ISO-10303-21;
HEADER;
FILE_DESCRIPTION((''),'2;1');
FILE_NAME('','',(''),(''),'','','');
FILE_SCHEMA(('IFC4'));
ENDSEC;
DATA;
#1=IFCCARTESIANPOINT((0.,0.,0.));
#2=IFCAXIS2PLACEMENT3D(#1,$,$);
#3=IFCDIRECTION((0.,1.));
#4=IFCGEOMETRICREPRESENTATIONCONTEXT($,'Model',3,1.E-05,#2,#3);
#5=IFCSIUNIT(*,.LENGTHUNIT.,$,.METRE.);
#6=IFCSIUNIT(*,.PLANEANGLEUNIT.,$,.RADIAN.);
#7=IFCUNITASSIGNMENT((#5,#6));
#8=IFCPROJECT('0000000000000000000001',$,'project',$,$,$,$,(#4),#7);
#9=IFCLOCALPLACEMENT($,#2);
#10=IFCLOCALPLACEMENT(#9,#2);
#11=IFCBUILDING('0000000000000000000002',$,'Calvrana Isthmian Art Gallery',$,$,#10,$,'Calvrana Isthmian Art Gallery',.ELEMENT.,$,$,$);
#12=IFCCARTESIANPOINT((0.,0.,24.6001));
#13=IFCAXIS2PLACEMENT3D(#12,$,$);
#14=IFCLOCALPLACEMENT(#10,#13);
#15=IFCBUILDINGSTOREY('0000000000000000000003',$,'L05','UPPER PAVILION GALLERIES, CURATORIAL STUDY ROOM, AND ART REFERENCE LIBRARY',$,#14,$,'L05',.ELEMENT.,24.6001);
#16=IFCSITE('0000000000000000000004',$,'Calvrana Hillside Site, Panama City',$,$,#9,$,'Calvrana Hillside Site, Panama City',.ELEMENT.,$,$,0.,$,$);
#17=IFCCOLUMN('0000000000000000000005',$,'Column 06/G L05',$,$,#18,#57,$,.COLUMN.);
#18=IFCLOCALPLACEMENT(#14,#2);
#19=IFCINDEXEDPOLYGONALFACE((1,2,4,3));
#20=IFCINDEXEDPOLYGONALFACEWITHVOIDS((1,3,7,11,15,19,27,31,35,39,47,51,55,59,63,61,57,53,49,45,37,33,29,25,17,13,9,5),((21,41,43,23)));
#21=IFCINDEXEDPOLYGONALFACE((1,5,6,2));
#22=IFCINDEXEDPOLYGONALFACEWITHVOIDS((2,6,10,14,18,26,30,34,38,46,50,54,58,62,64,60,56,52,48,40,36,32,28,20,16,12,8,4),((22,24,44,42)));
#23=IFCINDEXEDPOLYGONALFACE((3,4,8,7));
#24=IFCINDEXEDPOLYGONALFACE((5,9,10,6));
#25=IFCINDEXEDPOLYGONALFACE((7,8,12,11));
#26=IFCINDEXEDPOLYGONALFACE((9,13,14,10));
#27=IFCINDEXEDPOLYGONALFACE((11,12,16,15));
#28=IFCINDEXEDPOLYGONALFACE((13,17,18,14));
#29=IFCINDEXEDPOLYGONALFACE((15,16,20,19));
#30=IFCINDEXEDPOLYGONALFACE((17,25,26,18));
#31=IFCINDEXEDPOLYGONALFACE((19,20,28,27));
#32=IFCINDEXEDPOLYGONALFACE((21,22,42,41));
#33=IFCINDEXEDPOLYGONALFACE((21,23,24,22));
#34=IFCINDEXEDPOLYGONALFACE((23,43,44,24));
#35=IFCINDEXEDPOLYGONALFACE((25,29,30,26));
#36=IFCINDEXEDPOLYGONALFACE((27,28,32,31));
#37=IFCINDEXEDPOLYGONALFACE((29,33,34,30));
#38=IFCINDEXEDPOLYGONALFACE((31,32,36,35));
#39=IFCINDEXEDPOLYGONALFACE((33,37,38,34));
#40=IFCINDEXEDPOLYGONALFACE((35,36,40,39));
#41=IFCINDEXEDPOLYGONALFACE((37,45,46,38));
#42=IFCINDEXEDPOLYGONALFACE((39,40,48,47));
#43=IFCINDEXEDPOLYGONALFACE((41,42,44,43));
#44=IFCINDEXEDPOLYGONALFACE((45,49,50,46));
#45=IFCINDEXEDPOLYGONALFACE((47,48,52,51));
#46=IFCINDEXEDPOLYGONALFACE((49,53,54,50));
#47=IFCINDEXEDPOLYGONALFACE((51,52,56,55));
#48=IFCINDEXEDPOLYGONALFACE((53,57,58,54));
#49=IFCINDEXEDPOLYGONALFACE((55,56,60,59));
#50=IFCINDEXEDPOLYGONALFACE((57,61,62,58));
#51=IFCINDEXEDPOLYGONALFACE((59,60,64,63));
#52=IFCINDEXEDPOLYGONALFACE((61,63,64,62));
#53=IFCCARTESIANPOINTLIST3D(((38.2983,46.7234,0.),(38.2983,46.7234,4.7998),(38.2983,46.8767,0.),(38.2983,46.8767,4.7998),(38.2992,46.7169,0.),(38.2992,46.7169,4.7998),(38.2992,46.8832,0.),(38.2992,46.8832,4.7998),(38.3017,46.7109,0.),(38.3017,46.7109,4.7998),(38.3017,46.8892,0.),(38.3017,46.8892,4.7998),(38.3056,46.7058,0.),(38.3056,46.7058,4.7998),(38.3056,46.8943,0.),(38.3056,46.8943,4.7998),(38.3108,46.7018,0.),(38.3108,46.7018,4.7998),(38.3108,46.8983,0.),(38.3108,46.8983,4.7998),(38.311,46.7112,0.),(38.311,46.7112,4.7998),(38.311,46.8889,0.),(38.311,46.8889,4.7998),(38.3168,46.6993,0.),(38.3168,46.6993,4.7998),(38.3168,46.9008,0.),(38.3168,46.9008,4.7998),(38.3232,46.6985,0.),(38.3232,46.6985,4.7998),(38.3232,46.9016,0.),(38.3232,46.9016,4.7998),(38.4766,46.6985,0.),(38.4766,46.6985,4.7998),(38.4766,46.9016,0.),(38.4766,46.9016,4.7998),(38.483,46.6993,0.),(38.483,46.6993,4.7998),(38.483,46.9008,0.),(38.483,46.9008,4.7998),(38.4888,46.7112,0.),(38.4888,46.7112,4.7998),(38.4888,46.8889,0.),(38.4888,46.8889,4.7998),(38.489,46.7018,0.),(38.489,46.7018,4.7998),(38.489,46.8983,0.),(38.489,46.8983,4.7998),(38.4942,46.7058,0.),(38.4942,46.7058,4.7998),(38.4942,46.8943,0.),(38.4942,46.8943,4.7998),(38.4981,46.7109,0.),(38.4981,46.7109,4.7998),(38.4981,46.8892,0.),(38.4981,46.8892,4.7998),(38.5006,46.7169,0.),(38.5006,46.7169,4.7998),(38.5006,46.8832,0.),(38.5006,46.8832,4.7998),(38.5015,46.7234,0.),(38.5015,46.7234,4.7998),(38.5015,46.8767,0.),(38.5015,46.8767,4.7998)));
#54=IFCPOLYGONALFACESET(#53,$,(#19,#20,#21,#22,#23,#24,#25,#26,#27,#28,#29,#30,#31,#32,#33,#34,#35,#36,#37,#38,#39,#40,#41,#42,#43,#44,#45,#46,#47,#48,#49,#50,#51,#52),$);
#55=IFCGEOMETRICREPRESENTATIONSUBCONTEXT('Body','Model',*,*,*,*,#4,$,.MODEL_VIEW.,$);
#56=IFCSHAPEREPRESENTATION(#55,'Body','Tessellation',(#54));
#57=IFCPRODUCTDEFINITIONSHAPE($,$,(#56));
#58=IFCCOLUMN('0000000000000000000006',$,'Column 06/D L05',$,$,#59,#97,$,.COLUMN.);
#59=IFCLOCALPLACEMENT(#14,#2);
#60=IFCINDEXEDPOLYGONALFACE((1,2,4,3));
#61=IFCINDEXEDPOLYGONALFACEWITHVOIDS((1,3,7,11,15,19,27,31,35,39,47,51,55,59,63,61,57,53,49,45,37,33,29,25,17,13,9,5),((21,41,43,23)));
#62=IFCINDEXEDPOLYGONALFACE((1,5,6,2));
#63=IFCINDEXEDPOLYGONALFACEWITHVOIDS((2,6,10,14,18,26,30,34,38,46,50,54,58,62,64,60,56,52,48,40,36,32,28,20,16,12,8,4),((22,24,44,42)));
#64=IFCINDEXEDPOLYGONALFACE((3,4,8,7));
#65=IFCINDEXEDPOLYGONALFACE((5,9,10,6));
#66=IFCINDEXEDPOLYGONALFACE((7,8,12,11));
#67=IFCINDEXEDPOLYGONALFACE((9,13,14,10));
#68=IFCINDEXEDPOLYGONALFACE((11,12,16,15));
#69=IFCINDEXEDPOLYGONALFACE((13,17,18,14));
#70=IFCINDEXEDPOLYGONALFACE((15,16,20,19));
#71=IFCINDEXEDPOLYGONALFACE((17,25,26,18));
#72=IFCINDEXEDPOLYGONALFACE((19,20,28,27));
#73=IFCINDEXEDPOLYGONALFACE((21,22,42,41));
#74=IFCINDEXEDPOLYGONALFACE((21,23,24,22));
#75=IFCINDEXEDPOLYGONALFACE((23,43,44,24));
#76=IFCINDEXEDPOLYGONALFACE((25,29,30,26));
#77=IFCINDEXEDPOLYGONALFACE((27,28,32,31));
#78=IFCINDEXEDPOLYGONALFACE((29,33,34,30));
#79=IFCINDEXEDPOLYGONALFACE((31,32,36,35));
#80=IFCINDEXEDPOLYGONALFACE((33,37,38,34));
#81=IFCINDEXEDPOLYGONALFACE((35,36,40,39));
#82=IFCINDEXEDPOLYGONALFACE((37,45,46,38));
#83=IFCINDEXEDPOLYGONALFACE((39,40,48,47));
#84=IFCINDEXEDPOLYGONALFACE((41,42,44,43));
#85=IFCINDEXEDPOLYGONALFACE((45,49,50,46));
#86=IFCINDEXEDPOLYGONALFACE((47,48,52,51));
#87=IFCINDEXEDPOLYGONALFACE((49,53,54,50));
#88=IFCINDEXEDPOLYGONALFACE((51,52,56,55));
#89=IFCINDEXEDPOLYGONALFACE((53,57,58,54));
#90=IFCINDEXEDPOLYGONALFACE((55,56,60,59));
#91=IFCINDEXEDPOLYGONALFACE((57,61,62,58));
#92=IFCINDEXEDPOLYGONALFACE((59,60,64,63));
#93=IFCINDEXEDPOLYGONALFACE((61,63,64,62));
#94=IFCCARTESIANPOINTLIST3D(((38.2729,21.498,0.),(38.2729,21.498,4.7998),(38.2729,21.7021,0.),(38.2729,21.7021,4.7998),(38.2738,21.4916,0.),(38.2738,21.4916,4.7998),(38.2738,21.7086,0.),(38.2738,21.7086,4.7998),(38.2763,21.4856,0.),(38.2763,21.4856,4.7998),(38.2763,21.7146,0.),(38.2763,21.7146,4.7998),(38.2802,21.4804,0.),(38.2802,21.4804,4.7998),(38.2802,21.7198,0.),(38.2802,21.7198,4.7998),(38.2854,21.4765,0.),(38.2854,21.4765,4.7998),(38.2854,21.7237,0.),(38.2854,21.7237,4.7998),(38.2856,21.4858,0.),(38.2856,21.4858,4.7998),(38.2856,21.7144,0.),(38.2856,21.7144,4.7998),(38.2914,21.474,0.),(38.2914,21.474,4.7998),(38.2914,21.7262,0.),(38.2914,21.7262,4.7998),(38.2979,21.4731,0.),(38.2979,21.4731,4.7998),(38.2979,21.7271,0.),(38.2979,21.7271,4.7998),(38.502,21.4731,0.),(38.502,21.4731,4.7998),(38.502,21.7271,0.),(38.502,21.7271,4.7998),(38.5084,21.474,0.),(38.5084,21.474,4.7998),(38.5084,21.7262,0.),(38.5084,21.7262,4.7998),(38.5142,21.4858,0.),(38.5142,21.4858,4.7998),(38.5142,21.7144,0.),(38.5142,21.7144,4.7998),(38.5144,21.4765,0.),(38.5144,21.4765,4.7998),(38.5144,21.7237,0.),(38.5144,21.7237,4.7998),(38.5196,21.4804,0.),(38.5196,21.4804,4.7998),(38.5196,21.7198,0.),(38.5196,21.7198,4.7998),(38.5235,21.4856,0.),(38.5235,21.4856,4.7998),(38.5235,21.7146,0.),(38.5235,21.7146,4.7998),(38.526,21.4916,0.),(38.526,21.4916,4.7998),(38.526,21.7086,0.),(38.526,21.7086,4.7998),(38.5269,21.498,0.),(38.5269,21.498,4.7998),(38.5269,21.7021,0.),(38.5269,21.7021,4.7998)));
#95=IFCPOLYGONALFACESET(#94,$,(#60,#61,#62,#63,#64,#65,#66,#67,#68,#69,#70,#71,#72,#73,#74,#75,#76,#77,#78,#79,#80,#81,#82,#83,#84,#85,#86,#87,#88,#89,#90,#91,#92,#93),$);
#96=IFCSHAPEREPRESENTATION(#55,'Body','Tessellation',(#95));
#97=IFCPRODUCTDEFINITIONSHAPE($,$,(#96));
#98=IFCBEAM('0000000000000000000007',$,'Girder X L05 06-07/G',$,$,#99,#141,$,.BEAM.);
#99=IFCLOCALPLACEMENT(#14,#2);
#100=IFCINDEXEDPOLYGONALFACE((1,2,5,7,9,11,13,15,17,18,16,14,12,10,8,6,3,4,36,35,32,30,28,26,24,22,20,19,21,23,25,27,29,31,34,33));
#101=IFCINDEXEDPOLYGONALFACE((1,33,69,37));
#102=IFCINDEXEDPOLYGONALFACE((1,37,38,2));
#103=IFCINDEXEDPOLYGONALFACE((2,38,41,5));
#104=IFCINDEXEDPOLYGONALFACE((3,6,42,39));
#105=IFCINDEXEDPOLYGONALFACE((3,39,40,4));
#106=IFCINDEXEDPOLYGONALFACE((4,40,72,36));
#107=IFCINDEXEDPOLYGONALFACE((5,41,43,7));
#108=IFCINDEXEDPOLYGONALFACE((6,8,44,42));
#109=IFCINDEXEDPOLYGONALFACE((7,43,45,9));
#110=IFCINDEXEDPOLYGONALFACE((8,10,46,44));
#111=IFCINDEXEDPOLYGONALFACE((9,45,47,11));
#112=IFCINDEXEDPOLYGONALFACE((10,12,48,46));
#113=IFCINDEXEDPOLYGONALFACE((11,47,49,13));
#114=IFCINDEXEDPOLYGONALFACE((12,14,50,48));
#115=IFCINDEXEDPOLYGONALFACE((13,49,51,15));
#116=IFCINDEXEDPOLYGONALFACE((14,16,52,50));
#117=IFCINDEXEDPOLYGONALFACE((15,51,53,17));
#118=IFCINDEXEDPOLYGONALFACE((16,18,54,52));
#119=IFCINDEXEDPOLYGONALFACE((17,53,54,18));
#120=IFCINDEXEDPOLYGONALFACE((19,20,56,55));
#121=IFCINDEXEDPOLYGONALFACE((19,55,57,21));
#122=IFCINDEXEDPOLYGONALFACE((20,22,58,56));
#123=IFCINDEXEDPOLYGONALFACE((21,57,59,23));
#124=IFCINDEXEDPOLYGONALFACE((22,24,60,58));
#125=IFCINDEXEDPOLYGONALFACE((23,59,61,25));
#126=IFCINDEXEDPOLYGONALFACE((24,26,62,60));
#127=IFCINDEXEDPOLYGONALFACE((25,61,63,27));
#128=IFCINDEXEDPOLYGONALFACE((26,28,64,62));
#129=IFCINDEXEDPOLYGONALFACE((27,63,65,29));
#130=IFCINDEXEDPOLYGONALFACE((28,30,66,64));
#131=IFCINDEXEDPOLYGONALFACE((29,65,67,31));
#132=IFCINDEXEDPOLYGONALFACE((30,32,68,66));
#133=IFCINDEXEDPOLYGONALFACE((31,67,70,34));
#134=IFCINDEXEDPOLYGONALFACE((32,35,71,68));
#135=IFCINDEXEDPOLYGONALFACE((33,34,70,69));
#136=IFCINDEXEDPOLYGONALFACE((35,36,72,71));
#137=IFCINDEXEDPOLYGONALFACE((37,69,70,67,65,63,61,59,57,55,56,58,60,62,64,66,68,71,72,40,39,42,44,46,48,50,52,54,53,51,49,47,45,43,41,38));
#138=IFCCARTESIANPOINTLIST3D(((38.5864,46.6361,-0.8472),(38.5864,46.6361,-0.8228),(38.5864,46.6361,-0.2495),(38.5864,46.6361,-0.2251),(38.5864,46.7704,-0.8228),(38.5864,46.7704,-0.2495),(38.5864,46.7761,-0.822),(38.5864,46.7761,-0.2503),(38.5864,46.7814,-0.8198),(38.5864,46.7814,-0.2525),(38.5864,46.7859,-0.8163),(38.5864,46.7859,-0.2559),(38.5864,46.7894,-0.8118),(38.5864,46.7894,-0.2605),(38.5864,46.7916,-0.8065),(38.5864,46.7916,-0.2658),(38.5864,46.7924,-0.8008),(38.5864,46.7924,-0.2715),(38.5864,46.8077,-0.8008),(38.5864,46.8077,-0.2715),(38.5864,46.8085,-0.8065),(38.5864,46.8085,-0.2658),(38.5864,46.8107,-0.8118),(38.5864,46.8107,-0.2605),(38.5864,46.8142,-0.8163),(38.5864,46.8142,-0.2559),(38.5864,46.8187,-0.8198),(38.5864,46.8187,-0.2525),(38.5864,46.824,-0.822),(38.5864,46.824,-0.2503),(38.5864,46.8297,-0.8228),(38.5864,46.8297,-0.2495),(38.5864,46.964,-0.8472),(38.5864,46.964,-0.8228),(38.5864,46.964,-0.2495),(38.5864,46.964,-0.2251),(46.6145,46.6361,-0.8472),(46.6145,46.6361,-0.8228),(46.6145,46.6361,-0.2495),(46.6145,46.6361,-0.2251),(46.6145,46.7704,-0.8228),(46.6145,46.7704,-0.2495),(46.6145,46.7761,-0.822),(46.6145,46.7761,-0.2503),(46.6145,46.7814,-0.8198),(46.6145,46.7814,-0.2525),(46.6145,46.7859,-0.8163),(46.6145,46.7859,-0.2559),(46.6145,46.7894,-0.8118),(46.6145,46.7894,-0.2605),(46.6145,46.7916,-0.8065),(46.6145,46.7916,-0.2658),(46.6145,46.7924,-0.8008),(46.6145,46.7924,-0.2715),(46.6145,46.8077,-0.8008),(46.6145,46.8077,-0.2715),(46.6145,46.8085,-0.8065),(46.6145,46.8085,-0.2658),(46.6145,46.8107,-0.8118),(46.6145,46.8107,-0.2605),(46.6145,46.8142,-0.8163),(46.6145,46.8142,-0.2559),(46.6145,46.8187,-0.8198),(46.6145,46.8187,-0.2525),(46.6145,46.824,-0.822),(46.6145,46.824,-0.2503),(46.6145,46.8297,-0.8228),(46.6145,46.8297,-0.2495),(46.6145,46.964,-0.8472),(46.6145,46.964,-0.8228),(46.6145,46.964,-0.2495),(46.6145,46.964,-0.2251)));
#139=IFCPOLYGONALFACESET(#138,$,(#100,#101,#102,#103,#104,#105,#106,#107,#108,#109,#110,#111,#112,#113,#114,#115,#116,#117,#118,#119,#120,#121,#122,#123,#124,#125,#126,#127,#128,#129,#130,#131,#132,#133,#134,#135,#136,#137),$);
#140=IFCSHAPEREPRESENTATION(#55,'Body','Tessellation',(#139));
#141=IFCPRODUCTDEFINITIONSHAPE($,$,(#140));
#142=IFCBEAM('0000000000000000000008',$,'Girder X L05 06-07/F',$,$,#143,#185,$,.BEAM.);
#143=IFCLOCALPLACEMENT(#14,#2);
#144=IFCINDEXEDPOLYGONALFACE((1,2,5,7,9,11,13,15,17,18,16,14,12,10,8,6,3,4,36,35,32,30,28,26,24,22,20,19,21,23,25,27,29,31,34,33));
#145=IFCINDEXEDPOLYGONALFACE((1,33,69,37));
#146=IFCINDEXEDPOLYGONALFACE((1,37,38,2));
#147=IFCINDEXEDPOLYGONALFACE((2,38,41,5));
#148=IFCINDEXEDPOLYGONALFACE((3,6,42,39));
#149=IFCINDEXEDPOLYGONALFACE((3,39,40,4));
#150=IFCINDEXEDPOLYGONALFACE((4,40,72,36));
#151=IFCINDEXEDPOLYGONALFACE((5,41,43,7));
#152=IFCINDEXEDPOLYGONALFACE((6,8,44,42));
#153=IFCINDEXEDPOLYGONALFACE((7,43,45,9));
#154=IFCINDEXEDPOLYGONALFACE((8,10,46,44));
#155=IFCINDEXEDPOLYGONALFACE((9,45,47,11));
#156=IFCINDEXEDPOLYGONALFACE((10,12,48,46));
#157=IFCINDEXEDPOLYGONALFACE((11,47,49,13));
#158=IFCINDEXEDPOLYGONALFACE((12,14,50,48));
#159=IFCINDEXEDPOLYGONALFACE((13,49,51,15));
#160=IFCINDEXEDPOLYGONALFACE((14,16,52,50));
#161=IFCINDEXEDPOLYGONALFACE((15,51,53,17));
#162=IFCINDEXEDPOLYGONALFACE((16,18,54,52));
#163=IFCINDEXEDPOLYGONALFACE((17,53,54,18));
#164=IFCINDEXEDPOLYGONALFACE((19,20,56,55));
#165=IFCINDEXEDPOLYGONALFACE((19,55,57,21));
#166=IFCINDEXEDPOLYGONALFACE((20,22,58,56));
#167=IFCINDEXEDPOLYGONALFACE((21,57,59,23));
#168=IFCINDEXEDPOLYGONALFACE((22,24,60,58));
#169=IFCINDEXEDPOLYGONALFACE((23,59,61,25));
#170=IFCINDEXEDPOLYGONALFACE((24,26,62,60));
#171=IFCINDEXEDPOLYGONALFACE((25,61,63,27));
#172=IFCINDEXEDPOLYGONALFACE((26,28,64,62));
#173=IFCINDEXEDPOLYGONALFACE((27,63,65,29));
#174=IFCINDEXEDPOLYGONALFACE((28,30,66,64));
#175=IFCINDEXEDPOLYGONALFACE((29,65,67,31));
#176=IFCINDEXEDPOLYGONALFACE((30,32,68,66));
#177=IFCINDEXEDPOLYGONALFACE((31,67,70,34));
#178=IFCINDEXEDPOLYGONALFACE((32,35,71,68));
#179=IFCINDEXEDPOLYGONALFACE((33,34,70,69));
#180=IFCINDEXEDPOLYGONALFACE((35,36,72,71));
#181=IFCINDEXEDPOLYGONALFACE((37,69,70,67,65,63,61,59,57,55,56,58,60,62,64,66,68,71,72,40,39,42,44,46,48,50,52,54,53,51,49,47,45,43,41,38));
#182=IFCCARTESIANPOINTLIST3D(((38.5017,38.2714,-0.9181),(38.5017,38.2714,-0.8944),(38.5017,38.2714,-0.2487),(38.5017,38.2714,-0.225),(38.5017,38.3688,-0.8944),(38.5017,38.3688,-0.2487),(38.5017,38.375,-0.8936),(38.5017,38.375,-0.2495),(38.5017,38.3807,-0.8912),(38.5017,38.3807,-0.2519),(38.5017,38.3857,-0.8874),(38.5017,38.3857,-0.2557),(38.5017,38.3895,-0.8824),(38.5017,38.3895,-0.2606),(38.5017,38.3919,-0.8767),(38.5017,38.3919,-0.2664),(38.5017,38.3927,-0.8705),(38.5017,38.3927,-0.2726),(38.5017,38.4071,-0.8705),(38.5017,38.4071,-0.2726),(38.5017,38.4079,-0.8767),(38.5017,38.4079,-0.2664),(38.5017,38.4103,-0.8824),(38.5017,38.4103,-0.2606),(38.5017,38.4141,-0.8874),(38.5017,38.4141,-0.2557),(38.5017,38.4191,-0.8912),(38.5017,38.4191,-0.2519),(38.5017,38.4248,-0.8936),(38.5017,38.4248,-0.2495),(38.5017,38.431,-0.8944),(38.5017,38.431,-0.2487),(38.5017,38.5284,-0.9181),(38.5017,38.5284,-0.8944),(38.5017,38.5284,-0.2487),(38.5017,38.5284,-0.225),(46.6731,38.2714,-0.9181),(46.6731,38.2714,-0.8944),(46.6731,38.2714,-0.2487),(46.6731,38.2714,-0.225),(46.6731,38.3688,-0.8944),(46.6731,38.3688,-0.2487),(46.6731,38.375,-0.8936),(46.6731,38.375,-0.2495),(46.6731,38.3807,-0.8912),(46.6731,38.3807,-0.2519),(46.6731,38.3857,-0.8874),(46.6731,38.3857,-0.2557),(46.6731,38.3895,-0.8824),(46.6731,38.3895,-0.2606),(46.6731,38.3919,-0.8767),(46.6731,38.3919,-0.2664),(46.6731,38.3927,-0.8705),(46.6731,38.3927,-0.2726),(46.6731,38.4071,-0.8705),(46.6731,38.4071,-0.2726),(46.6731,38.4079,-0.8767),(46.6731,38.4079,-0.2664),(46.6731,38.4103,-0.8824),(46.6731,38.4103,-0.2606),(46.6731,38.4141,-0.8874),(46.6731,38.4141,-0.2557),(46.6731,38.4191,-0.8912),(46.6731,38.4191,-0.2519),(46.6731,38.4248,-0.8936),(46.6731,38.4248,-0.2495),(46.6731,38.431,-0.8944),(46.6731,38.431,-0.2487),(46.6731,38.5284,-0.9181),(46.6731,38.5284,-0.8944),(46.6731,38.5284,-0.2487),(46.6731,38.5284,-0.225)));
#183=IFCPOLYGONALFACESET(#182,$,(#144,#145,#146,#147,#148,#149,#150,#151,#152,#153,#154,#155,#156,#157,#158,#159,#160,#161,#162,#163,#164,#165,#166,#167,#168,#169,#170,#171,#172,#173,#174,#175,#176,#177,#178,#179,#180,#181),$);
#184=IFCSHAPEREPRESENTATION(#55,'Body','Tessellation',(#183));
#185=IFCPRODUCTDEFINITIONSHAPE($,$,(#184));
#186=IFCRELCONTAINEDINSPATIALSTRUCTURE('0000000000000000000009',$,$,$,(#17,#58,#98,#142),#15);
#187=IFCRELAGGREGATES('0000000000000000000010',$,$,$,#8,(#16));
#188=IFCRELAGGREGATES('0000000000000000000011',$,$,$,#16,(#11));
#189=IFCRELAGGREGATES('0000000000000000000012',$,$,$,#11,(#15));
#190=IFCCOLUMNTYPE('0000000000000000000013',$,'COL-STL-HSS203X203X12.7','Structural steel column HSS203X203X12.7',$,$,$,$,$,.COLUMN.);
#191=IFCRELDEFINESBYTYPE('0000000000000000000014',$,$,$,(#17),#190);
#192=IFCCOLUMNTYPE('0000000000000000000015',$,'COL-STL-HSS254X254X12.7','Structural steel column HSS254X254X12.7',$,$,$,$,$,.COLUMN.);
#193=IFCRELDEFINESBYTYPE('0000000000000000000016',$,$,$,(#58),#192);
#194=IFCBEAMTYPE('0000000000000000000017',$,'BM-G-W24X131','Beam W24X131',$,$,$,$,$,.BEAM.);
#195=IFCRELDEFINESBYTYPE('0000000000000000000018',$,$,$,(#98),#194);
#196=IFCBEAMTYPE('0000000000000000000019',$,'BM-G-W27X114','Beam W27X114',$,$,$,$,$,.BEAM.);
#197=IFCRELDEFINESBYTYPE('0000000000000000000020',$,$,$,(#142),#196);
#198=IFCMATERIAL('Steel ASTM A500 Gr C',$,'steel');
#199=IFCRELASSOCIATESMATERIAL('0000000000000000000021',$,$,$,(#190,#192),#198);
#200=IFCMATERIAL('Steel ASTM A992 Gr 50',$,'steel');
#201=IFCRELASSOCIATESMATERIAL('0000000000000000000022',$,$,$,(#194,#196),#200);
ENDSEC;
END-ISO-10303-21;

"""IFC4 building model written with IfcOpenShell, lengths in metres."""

from ifc_helpers import new_model, si_unit, direction, frame, origin, origin_2d, place, context, subcontext, project, spatial, hollow_rectangle, i_section, extrude, material, material_profile, profile_set, type_object, element, save


model = new_model("IFC4")

# Units and contexts
model_context = context("Model", 3, precision=1e-05, world=origin(), true_north=direction((0.0, 1.0)))
body_context = subcontext(model_context, "Body", "Model", "MODEL_VIEW")
ifc_project = project(units=[si_unit("LENGTHUNIT", "METRE"), si_unit("PLANEANGLEUNIT", "RADIAN")], contexts=[model_context])

# Site, building, storey
site_placement = place(None, origin())
site = spatial("IfcSite", under=ifc_project, at=site_placement, Name="Calvrana Hillside Site, Panama City", LongName="Calvrana Hillside Site, Panama City", CompositionType="ELEMENT", RefElevation=0.0)
building_placement = place(site_placement, origin())
building = spatial("IfcBuilding", under=site, at=building_placement, Name="Calvrana Isthmian Art Gallery", LongName="Calvrana Isthmian Art Gallery", CompositionType="ELEMENT")
storey_placement = place(building_placement, frame((0.0, 0.0, 24.6001)))
storey = spatial("IfcBuildingStorey", under=building, at=storey_placement, Name="L05", Description="UPPER PAVILION GALLERIES, CURATORIAL STUDY ROOM, AND ART REFERENCE LIBRARY", LongName="L05", CompositionType="ELEMENT", Elevation=24.6001)

# Columns
ifc_material_1 = material(Name="Steel ASTM A500 Gr C", Category="steel")
ifc_material_profile_1 = material_profile(ifc_material_1, hollow_rectangle(XDim=0.2031, YDim=0.2031, WallThickness=0.0127, OuterFilletRadius=0.0249, at=origin_2d()), Name="HSS203X203X12.7")
ifc_profile_set_1 = profile_set([ifc_material_profile_1], Name="Steel ASTM A500 Gr C")
column_type_1 = type_object("IfcColumnType", Name="COL-STL-HSS203X203X12.7", Description="Structural steel column HSS203X203X12.7", PredefinedType="COLUMN", material=ifc_profile_set_1)
column_1_placement = place(storey_placement, frame((38.3999, 46.8, 0.0), z_axis=(0.0, 0.0, 1.0), x_axis=(1.0, 0.0, 0.0)))
element("IfcColumn", 1, at=column_1_placement, inside=storey, type_object=column_type_1, Name="Column 06/G L05", PredefinedType="COLUMN", context=body_context, shape_type="SweptSolid", body=[
    extrude(hollow_rectangle(XDim=0.2031, YDim=0.2031, WallThickness=0.0127, OuterFilletRadius=0.0249, at=origin_2d()), origin(), (0.0, 0.0, 1.0), 4.7998),
])
ifc_material_profile_2 = material_profile(ifc_material_1, hollow_rectangle(XDim=0.2539, YDim=0.2539, WallThickness=0.0127, OuterFilletRadius=0.0249, at=origin_2d()), Name="HSS254X254X12.7")
ifc_profile_set_2 = profile_set([ifc_material_profile_2], Name="Steel ASTM A500 Gr C")
column_type_2 = type_object("IfcColumnType", Name="COL-STL-HSS254X254X12.7", Description="Structural steel column HSS254X254X12.7", PredefinedType="COLUMN", material=ifc_profile_set_2)
column_2_placement = place(storey_placement, frame((38.3999, 21.6001, 0.0), z_axis=(0.0, 0.0, 1.0), x_axis=(1.0, 0.0, 0.0)))
element("IfcColumn", 2, at=column_2_placement, inside=storey, type_object=column_type_2, Name="Column 06/D L05", PredefinedType="COLUMN", context=body_context, shape_type="SweptSolid", body=[
    extrude(hollow_rectangle(XDim=0.2539, YDim=0.2539, WallThickness=0.0127, OuterFilletRadius=0.0249, at=origin_2d()), origin(), (0.0, 0.0, 1.0), 4.7998),
])

# Beams
ifc_material_2 = material(Name="Steel ASTM A992 Gr 50", Category="steel")
ifc_material_profile_3 = material_profile(ifc_material_2, i_section(OverallWidth=0.3279, OverallDepth=0.6221, WebThickness=0.0154, FlangeThickness=0.0244, FilletRadius=0.022, at=origin_2d()), Name="W24X131")
ifc_profile_set_3 = profile_set([ifc_material_profile_3], Name="Steel ASTM A992 Gr 50")
beam_type_1 = type_object("IfcBeamType", Name="BM-G-W24X131", Description="Beam W24X131", PredefinedType="BEAM", material=ifc_profile_set_3)
beam_1_placement = place(storey_placement, frame((38.5864, 46.8, -0.5361), z_axis=(1.0, 0.0, 0.0), x_axis=(0.0, 1.0, 0.0)))
element("IfcBeam", 3, at=beam_1_placement, inside=storey, type_object=beam_type_1, Name="Girder X L05 06-07/G", PredefinedType="BEAM", context=body_context, shape_type="SweptSolid", body=[
    extrude(i_section(OverallWidth=0.3279, OverallDepth=0.6221, WebThickness=0.0154, FlangeThickness=0.0244, FilletRadius=0.022, at=origin_2d()), origin(), (0.0, 0.0, 1.0), 8.0281),
])
ifc_material_profile_4 = material_profile(ifc_material_2, i_section(OverallWidth=0.2571, OverallDepth=0.6931, WebThickness=0.0144, FlangeThickness=0.0237, FilletRadius=0.0239, at=origin_2d()), Name="W27X114")
ifc_profile_set_4 = profile_set([ifc_material_profile_4], Name="Steel ASTM A992 Gr 50")
beam_type_2 = type_object("IfcBeamType", Name="BM-G-W27X114", Description="Beam W27X114", PredefinedType="BEAM", material=ifc_profile_set_4)
beam_2_placement = place(storey_placement, frame((38.5017, 38.3999, -0.5715), z_axis=(1.0, 0.0, 0.0), x_axis=(0.0, 1.0, 0.0)))
element("IfcBeam", 4, at=beam_2_placement, inside=storey, type_object=beam_type_2, Name="Girder X L05 06-07/F", PredefinedType="BEAM", context=body_context, shape_type="SweptSolid", body=[
    extrude(i_section(OverallWidth=0.2571, OverallDepth=0.6931, WebThickness=0.0144, FlangeThickness=0.0237, FilletRadius=0.0239, at=origin_2d()), origin(), (0.0, 0.0, 1.0), 8.1714),
])

save(model, "model.ifc")
